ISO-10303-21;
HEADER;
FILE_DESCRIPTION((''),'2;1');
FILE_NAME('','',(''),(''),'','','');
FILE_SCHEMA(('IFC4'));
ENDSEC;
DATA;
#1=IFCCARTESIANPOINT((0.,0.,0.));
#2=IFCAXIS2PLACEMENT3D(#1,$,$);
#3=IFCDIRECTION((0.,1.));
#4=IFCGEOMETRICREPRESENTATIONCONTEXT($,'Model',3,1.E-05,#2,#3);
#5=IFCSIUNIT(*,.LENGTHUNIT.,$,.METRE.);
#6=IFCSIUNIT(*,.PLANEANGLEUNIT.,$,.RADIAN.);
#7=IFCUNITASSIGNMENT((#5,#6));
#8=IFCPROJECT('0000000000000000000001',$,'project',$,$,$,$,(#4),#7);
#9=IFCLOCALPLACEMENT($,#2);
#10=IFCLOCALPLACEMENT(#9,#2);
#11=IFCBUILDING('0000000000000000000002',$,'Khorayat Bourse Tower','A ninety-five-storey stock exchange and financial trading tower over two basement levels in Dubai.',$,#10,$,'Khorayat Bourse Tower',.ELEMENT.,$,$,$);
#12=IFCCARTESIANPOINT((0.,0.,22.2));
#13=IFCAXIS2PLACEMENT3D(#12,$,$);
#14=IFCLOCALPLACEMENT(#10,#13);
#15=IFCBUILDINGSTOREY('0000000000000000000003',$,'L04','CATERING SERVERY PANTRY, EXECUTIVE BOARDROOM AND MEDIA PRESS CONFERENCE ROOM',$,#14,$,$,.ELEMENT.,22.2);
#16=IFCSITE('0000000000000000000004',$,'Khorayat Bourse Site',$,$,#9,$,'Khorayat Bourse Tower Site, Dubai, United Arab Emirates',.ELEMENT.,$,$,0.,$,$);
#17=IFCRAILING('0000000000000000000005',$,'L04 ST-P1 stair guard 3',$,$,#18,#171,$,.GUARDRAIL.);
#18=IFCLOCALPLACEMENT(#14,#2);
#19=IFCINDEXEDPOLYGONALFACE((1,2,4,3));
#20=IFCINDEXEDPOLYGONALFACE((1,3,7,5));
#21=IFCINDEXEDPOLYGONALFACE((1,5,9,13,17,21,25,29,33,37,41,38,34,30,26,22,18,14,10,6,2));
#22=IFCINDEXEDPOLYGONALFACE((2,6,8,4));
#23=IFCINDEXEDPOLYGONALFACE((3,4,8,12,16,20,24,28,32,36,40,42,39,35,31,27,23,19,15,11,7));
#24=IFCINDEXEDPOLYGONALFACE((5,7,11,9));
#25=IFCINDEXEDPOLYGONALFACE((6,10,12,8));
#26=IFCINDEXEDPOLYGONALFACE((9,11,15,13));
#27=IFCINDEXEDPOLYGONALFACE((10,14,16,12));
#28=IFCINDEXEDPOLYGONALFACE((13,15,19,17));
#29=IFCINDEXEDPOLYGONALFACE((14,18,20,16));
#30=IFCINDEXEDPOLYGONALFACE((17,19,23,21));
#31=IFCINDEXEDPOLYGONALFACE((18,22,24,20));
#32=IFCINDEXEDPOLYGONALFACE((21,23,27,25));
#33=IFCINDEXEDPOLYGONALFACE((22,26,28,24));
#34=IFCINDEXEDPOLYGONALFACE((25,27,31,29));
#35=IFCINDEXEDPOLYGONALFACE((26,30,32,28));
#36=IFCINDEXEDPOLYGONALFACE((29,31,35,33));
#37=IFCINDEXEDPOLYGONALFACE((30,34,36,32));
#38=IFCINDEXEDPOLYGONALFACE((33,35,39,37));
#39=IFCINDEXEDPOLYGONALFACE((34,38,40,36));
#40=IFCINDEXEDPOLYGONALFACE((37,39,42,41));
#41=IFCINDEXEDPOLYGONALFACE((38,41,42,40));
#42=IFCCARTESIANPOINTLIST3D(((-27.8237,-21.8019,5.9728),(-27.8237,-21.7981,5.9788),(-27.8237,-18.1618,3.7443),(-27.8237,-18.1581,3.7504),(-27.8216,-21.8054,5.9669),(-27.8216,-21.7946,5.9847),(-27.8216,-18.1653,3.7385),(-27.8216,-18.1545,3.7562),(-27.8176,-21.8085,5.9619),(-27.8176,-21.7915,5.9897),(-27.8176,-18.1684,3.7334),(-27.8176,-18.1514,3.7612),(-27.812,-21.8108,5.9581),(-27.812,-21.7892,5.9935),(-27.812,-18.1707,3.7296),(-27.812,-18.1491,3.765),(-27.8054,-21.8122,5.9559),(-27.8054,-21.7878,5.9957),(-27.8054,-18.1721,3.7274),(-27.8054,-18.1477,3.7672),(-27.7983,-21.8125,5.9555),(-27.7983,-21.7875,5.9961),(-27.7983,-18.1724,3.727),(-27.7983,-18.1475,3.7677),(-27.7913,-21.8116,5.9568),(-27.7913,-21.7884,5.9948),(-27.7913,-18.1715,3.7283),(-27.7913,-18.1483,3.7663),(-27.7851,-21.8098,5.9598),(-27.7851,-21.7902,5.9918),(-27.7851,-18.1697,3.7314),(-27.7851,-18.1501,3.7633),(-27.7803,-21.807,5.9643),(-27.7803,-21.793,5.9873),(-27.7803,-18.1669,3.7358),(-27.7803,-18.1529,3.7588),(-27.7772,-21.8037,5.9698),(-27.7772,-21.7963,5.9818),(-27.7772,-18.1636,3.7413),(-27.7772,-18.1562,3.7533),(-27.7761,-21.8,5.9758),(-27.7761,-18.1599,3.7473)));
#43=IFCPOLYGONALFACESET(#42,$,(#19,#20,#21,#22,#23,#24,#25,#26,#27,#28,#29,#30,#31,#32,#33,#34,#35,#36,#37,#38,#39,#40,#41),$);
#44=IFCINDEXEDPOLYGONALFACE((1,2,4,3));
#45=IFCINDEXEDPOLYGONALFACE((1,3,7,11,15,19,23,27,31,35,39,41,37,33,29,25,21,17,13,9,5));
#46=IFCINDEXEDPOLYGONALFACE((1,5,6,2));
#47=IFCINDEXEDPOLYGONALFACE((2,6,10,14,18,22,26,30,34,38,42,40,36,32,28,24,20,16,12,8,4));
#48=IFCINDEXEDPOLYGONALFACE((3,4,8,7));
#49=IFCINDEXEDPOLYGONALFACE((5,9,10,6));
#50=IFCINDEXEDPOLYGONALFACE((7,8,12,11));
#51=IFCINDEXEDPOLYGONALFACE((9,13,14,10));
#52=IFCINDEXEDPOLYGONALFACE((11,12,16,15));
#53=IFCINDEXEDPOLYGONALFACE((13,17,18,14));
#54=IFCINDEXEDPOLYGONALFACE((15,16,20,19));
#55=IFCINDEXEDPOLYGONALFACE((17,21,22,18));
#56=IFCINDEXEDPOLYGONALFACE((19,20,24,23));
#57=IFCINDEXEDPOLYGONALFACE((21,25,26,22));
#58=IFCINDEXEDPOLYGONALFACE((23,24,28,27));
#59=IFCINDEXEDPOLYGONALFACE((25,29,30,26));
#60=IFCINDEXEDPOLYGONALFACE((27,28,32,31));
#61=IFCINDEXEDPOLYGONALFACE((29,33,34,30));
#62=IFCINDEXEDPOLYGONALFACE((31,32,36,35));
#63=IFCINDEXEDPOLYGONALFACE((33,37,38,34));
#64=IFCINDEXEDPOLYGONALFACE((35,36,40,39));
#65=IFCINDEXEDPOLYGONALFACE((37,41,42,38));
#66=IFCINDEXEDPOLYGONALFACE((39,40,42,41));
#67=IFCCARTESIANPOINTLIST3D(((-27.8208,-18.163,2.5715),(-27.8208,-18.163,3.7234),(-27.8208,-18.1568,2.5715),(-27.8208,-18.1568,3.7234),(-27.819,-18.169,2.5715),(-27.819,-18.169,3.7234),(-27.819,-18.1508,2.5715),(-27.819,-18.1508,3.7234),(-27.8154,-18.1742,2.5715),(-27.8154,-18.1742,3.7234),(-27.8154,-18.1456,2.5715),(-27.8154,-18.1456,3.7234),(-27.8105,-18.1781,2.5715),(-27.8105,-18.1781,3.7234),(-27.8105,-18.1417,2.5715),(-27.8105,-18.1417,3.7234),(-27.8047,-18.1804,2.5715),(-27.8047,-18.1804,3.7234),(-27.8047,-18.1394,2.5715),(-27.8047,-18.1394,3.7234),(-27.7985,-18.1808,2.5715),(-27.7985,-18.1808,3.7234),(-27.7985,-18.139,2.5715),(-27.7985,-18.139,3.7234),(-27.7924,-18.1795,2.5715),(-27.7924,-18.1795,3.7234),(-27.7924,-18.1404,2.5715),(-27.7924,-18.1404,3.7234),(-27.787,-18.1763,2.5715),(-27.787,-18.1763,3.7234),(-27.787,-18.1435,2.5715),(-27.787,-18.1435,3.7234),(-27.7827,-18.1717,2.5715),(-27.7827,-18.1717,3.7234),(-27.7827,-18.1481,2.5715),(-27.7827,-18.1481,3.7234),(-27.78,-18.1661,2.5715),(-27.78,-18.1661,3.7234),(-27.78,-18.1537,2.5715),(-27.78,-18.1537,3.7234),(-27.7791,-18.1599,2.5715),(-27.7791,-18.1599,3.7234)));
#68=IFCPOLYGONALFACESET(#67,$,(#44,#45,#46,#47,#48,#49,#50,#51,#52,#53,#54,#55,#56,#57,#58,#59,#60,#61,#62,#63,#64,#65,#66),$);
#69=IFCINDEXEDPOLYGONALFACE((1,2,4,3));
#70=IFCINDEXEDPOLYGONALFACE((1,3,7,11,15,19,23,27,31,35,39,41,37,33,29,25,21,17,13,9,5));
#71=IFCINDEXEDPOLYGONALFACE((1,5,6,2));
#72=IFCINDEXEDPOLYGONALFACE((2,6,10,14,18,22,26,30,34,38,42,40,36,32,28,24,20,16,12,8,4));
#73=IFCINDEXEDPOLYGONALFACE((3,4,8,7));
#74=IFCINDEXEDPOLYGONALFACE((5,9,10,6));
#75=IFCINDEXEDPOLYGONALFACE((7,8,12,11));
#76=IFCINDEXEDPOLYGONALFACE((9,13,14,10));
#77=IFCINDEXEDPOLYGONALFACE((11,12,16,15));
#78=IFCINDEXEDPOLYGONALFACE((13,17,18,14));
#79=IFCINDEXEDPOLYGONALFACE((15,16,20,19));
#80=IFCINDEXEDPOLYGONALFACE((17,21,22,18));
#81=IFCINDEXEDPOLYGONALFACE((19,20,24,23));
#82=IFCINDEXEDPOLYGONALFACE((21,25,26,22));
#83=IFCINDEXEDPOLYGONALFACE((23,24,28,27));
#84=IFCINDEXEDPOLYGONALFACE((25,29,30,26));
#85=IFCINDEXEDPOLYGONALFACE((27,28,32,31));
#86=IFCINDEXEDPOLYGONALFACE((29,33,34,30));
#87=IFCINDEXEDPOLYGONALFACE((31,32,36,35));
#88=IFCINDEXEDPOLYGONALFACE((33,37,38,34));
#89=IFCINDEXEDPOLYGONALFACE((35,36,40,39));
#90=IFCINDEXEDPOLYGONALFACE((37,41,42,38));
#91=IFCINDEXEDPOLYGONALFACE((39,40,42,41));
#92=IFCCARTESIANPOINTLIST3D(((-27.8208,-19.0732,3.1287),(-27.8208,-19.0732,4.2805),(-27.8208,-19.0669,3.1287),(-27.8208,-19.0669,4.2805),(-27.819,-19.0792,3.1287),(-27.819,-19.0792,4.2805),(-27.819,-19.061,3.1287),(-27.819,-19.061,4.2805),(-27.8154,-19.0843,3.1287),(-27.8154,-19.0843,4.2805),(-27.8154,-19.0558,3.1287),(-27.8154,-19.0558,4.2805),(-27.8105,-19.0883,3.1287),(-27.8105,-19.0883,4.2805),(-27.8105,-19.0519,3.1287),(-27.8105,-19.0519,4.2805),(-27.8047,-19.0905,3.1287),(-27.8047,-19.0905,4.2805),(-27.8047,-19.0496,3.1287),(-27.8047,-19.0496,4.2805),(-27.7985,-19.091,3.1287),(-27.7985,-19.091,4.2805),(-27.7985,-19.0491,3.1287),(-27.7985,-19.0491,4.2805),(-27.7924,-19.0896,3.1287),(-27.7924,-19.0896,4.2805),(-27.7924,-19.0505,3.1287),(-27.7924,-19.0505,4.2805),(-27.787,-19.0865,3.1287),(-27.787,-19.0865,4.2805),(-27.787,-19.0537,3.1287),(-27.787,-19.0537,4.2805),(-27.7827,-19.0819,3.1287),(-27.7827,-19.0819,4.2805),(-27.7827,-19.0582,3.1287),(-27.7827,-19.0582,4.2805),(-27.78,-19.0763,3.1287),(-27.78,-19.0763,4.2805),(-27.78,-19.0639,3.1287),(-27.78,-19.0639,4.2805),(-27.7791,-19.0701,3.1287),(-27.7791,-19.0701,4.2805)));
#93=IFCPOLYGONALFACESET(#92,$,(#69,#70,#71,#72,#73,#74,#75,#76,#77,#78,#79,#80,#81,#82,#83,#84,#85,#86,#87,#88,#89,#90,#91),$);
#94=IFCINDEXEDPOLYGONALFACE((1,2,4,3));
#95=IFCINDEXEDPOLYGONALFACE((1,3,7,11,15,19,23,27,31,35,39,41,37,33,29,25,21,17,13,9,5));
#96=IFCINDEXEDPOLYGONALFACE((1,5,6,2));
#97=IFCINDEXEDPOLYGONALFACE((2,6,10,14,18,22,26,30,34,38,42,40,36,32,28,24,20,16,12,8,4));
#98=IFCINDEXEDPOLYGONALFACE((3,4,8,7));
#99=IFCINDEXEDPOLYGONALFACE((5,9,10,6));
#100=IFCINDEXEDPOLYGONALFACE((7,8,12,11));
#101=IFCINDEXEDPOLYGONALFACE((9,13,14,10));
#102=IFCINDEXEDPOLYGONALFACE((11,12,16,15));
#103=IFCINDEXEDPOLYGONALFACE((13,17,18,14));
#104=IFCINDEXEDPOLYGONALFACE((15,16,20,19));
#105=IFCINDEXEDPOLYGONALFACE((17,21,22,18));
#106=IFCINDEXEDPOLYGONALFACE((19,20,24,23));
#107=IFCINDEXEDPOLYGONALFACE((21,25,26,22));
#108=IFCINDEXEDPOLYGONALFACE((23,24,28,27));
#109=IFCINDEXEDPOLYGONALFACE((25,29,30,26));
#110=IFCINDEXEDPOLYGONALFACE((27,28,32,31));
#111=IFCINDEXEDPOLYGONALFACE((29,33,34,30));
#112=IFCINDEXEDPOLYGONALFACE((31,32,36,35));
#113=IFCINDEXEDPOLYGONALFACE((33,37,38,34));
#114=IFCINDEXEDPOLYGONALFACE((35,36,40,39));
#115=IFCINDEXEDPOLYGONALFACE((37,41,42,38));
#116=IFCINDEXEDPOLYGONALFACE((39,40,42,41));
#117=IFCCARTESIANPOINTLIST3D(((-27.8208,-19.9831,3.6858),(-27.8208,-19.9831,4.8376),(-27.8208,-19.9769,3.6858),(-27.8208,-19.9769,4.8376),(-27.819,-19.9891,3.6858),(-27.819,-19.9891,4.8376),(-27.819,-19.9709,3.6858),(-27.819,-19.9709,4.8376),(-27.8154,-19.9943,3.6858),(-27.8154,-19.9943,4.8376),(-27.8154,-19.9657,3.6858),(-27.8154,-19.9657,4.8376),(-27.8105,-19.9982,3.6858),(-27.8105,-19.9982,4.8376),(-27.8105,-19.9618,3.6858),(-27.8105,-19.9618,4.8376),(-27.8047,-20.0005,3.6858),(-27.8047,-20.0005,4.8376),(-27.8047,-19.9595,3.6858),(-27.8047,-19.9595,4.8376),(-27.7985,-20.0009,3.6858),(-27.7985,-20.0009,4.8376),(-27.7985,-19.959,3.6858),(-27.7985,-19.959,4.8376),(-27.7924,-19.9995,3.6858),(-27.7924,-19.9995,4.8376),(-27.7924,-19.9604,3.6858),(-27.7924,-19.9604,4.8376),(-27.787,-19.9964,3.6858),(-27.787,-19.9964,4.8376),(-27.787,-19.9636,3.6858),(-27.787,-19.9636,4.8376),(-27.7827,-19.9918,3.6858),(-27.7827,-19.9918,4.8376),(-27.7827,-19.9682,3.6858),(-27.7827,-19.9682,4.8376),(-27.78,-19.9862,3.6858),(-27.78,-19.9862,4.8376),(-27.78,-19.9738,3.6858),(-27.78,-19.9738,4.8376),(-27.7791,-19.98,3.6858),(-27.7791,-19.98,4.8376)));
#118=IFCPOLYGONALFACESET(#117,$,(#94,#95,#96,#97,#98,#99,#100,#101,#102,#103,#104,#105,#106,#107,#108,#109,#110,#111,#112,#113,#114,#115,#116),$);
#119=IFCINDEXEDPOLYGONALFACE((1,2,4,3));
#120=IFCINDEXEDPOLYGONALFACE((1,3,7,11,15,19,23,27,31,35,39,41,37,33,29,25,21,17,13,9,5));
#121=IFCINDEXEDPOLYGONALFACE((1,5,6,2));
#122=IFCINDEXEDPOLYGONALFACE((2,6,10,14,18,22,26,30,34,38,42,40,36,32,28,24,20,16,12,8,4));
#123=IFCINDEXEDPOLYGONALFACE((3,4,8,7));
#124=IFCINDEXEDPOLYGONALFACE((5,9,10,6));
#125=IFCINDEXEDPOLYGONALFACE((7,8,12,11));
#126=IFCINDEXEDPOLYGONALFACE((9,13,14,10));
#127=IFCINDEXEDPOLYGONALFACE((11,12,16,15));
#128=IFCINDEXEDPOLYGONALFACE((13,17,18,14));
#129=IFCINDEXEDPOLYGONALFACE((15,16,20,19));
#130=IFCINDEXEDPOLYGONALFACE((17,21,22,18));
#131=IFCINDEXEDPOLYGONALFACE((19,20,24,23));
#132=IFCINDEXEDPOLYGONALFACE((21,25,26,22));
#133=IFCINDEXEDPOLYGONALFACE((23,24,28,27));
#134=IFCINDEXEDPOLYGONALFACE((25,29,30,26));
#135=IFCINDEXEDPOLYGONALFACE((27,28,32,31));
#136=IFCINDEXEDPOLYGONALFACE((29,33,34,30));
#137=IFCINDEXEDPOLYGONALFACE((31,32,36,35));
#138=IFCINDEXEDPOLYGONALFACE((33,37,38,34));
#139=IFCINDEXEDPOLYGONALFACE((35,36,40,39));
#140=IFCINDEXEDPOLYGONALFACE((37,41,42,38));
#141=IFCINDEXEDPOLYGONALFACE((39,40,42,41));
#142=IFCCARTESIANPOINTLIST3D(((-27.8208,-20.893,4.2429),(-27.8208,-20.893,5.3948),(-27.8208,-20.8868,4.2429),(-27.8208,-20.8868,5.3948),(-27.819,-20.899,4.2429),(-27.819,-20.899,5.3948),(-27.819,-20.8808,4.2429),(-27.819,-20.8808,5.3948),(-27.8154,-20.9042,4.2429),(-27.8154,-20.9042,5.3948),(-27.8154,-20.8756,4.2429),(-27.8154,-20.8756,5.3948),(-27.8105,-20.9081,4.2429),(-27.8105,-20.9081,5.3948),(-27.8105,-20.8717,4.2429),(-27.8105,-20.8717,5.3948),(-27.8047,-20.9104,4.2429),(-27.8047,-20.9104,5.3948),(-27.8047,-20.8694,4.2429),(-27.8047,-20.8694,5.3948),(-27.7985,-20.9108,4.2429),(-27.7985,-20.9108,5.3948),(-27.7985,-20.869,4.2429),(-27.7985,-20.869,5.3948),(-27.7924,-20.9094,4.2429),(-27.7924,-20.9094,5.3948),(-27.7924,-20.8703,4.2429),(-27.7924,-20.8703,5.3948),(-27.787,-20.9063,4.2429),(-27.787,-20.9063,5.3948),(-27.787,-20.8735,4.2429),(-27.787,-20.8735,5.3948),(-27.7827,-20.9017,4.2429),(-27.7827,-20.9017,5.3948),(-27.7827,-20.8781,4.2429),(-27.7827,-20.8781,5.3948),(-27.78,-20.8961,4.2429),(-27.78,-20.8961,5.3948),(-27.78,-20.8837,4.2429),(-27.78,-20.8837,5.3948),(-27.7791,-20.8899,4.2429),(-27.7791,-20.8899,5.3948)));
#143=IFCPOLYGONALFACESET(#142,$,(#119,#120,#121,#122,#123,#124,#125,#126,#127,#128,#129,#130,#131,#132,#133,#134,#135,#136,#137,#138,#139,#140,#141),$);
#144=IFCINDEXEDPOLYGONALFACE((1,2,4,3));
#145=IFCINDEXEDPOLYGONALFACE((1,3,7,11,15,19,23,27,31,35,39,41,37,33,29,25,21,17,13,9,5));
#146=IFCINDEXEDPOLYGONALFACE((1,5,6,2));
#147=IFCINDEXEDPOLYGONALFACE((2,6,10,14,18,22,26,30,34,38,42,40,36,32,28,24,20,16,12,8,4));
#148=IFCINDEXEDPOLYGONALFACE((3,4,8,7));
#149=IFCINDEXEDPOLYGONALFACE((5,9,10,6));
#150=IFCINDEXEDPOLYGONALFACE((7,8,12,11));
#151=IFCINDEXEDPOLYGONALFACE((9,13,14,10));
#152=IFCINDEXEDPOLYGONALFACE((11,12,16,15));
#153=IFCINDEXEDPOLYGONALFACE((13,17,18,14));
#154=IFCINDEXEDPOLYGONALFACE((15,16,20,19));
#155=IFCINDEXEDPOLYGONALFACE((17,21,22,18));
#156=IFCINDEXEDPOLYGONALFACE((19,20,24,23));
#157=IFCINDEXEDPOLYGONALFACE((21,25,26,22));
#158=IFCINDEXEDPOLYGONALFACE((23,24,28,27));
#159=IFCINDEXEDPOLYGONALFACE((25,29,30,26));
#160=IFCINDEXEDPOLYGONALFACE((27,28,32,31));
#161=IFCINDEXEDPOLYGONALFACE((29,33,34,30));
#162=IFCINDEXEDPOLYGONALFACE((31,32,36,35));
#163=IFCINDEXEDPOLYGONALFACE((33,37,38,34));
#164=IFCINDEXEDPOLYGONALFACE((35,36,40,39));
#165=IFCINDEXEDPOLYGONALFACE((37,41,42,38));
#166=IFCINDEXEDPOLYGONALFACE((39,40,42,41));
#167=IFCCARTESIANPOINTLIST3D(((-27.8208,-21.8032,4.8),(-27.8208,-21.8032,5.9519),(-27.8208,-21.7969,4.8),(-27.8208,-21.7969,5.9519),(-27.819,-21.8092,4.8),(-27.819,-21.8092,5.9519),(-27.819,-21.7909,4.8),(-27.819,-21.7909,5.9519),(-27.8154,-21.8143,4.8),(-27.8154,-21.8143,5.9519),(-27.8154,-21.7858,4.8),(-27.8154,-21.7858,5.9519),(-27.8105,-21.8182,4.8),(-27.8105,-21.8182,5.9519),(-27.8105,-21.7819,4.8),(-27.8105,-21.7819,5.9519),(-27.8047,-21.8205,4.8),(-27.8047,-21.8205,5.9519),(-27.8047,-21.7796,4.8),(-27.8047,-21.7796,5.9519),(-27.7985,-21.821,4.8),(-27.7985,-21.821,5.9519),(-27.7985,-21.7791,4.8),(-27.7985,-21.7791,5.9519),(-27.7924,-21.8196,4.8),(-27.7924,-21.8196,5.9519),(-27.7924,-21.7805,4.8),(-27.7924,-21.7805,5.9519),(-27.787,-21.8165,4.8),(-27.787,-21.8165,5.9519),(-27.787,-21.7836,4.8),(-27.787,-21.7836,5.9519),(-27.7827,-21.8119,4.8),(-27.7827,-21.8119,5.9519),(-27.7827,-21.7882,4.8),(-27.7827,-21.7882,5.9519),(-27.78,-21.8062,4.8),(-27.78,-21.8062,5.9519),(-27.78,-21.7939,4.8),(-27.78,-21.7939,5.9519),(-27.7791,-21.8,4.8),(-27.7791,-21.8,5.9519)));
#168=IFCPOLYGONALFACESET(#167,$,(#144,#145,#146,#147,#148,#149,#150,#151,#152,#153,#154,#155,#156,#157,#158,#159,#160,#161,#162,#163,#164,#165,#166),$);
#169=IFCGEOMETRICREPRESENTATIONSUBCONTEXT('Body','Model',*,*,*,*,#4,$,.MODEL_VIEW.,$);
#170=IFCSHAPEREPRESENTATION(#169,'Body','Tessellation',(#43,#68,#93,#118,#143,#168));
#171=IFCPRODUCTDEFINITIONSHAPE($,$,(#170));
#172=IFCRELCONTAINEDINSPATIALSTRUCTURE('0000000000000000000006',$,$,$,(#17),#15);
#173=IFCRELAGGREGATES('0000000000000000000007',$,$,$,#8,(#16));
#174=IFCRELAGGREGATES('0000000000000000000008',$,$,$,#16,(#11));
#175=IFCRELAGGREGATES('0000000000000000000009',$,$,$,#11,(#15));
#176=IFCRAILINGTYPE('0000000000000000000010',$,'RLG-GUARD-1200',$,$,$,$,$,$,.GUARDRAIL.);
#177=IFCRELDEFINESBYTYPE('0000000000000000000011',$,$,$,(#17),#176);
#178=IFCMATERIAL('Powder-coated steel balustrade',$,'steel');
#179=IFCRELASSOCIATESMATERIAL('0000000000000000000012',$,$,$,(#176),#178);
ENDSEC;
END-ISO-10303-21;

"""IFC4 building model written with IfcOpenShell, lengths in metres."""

from ifc_helpers import new_model, si_unit, direction, frame, origin, origin_2d, place, context, subcontext, project, spatial, circle, extrude, source, transform, mapped, material, type_object, element, save


model = new_model("IFC4")

# Units and contexts
model_context = context("Model", 3, precision=1e-05, world=origin(), true_north=direction((0.0, 1.0)))
body_context = subcontext(model_context, "Body", "Model", "MODEL_VIEW")
ifc_project = project(units=[si_unit("LENGTHUNIT", "METRE"), si_unit("PLANEANGLEUNIT", "RADIAN")], contexts=[model_context])

# Site, building, storey
site_placement = place(None, origin())
site = spatial("IfcSite", under=ifc_project, at=site_placement, Name="Khorayat Bourse Site", LongName="Khorayat Bourse Tower Site, Dubai, United Arab Emirates", CompositionType="ELEMENT", RefElevation=0.0)
building_placement = place(site_placement, origin())
building = spatial("IfcBuilding", under=site, at=building_placement, Name="Khorayat Bourse Tower", Description="A ninety-five-storey stock exchange and financial trading tower over two basement levels in Dubai.", LongName="Khorayat Bourse Tower", CompositionType="ELEMENT")
storey_placement = place(building_placement, frame((0.0, 0.0, 22.2)))
storey = spatial("IfcBuildingStorey", under=building, at=storey_placement, Name="L04", Description="CATERING SERVERY PANTRY, EXECUTIVE BOARDROOM AND MEDIA PRESS CONFERENCE ROOM", CompositionType="ELEMENT", Elevation=22.2)

# Railing
ifc_material_1 = material(Name="Powder-coated steel balustrade", Category="steel")
railing_type_1 = type_object("IfcRailingType", Name="RLG-GUARD-1200", PredefinedType="GUARDRAIL", material=ifc_material_1)
shared_shape_1 = source(origin(), body_context, "Body", "SweptSolid", [
    extrude(circle(Radius=0.0239, at=origin_2d()), frame((0.0, 0.0, 1.1758), z_axis=(0.0, -0.852866, 0.52213), x_axis=(1.0, 0.0, 0.0)), (0.0, 0.0, 1.0), 4.2681),
    extrude(circle(Radius=0.021, at=origin_2d()), origin(), (0.0, 0.0, 1.0), 1.1519),
    extrude(circle(Radius=0.021, at=origin_2d()), frame((0.0, -0.9102, 0.5571)), (0.0, 0.0, 1.0), 1.1519),
    extrude(circle(Radius=0.021, at=origin_2d()), frame((0.0, -1.8201, 1.1143)), (0.0, 0.0, 1.0), 1.1519),
    extrude(circle(Radius=0.021, at=origin_2d()), frame((0.0, -2.73, 1.6714)), (0.0, 0.0, 1.0), 1.1519),
    extrude(circle(Radius=0.021, at=origin_2d()), frame((0.0, -3.6401, 2.2285)), (0.0, 0.0, 1.0), 1.1519),
])
railing_1_placement = place(storey_placement, frame((-27.8, -18.1599, 2.5715)))
element("IfcRailing", 1, at=railing_1_placement, inside=storey, type_object=railing_type_1, Name="L04 ST-P1 stair guard 3", PredefinedType="GUARDRAIL", context=body_context, shape_type="MappedRepresentation", body=[
    mapped(shared_shape_1, transform((0.0, 0.0, 0.0), scale=1.0)),
])

save(model, "model.ifc")
